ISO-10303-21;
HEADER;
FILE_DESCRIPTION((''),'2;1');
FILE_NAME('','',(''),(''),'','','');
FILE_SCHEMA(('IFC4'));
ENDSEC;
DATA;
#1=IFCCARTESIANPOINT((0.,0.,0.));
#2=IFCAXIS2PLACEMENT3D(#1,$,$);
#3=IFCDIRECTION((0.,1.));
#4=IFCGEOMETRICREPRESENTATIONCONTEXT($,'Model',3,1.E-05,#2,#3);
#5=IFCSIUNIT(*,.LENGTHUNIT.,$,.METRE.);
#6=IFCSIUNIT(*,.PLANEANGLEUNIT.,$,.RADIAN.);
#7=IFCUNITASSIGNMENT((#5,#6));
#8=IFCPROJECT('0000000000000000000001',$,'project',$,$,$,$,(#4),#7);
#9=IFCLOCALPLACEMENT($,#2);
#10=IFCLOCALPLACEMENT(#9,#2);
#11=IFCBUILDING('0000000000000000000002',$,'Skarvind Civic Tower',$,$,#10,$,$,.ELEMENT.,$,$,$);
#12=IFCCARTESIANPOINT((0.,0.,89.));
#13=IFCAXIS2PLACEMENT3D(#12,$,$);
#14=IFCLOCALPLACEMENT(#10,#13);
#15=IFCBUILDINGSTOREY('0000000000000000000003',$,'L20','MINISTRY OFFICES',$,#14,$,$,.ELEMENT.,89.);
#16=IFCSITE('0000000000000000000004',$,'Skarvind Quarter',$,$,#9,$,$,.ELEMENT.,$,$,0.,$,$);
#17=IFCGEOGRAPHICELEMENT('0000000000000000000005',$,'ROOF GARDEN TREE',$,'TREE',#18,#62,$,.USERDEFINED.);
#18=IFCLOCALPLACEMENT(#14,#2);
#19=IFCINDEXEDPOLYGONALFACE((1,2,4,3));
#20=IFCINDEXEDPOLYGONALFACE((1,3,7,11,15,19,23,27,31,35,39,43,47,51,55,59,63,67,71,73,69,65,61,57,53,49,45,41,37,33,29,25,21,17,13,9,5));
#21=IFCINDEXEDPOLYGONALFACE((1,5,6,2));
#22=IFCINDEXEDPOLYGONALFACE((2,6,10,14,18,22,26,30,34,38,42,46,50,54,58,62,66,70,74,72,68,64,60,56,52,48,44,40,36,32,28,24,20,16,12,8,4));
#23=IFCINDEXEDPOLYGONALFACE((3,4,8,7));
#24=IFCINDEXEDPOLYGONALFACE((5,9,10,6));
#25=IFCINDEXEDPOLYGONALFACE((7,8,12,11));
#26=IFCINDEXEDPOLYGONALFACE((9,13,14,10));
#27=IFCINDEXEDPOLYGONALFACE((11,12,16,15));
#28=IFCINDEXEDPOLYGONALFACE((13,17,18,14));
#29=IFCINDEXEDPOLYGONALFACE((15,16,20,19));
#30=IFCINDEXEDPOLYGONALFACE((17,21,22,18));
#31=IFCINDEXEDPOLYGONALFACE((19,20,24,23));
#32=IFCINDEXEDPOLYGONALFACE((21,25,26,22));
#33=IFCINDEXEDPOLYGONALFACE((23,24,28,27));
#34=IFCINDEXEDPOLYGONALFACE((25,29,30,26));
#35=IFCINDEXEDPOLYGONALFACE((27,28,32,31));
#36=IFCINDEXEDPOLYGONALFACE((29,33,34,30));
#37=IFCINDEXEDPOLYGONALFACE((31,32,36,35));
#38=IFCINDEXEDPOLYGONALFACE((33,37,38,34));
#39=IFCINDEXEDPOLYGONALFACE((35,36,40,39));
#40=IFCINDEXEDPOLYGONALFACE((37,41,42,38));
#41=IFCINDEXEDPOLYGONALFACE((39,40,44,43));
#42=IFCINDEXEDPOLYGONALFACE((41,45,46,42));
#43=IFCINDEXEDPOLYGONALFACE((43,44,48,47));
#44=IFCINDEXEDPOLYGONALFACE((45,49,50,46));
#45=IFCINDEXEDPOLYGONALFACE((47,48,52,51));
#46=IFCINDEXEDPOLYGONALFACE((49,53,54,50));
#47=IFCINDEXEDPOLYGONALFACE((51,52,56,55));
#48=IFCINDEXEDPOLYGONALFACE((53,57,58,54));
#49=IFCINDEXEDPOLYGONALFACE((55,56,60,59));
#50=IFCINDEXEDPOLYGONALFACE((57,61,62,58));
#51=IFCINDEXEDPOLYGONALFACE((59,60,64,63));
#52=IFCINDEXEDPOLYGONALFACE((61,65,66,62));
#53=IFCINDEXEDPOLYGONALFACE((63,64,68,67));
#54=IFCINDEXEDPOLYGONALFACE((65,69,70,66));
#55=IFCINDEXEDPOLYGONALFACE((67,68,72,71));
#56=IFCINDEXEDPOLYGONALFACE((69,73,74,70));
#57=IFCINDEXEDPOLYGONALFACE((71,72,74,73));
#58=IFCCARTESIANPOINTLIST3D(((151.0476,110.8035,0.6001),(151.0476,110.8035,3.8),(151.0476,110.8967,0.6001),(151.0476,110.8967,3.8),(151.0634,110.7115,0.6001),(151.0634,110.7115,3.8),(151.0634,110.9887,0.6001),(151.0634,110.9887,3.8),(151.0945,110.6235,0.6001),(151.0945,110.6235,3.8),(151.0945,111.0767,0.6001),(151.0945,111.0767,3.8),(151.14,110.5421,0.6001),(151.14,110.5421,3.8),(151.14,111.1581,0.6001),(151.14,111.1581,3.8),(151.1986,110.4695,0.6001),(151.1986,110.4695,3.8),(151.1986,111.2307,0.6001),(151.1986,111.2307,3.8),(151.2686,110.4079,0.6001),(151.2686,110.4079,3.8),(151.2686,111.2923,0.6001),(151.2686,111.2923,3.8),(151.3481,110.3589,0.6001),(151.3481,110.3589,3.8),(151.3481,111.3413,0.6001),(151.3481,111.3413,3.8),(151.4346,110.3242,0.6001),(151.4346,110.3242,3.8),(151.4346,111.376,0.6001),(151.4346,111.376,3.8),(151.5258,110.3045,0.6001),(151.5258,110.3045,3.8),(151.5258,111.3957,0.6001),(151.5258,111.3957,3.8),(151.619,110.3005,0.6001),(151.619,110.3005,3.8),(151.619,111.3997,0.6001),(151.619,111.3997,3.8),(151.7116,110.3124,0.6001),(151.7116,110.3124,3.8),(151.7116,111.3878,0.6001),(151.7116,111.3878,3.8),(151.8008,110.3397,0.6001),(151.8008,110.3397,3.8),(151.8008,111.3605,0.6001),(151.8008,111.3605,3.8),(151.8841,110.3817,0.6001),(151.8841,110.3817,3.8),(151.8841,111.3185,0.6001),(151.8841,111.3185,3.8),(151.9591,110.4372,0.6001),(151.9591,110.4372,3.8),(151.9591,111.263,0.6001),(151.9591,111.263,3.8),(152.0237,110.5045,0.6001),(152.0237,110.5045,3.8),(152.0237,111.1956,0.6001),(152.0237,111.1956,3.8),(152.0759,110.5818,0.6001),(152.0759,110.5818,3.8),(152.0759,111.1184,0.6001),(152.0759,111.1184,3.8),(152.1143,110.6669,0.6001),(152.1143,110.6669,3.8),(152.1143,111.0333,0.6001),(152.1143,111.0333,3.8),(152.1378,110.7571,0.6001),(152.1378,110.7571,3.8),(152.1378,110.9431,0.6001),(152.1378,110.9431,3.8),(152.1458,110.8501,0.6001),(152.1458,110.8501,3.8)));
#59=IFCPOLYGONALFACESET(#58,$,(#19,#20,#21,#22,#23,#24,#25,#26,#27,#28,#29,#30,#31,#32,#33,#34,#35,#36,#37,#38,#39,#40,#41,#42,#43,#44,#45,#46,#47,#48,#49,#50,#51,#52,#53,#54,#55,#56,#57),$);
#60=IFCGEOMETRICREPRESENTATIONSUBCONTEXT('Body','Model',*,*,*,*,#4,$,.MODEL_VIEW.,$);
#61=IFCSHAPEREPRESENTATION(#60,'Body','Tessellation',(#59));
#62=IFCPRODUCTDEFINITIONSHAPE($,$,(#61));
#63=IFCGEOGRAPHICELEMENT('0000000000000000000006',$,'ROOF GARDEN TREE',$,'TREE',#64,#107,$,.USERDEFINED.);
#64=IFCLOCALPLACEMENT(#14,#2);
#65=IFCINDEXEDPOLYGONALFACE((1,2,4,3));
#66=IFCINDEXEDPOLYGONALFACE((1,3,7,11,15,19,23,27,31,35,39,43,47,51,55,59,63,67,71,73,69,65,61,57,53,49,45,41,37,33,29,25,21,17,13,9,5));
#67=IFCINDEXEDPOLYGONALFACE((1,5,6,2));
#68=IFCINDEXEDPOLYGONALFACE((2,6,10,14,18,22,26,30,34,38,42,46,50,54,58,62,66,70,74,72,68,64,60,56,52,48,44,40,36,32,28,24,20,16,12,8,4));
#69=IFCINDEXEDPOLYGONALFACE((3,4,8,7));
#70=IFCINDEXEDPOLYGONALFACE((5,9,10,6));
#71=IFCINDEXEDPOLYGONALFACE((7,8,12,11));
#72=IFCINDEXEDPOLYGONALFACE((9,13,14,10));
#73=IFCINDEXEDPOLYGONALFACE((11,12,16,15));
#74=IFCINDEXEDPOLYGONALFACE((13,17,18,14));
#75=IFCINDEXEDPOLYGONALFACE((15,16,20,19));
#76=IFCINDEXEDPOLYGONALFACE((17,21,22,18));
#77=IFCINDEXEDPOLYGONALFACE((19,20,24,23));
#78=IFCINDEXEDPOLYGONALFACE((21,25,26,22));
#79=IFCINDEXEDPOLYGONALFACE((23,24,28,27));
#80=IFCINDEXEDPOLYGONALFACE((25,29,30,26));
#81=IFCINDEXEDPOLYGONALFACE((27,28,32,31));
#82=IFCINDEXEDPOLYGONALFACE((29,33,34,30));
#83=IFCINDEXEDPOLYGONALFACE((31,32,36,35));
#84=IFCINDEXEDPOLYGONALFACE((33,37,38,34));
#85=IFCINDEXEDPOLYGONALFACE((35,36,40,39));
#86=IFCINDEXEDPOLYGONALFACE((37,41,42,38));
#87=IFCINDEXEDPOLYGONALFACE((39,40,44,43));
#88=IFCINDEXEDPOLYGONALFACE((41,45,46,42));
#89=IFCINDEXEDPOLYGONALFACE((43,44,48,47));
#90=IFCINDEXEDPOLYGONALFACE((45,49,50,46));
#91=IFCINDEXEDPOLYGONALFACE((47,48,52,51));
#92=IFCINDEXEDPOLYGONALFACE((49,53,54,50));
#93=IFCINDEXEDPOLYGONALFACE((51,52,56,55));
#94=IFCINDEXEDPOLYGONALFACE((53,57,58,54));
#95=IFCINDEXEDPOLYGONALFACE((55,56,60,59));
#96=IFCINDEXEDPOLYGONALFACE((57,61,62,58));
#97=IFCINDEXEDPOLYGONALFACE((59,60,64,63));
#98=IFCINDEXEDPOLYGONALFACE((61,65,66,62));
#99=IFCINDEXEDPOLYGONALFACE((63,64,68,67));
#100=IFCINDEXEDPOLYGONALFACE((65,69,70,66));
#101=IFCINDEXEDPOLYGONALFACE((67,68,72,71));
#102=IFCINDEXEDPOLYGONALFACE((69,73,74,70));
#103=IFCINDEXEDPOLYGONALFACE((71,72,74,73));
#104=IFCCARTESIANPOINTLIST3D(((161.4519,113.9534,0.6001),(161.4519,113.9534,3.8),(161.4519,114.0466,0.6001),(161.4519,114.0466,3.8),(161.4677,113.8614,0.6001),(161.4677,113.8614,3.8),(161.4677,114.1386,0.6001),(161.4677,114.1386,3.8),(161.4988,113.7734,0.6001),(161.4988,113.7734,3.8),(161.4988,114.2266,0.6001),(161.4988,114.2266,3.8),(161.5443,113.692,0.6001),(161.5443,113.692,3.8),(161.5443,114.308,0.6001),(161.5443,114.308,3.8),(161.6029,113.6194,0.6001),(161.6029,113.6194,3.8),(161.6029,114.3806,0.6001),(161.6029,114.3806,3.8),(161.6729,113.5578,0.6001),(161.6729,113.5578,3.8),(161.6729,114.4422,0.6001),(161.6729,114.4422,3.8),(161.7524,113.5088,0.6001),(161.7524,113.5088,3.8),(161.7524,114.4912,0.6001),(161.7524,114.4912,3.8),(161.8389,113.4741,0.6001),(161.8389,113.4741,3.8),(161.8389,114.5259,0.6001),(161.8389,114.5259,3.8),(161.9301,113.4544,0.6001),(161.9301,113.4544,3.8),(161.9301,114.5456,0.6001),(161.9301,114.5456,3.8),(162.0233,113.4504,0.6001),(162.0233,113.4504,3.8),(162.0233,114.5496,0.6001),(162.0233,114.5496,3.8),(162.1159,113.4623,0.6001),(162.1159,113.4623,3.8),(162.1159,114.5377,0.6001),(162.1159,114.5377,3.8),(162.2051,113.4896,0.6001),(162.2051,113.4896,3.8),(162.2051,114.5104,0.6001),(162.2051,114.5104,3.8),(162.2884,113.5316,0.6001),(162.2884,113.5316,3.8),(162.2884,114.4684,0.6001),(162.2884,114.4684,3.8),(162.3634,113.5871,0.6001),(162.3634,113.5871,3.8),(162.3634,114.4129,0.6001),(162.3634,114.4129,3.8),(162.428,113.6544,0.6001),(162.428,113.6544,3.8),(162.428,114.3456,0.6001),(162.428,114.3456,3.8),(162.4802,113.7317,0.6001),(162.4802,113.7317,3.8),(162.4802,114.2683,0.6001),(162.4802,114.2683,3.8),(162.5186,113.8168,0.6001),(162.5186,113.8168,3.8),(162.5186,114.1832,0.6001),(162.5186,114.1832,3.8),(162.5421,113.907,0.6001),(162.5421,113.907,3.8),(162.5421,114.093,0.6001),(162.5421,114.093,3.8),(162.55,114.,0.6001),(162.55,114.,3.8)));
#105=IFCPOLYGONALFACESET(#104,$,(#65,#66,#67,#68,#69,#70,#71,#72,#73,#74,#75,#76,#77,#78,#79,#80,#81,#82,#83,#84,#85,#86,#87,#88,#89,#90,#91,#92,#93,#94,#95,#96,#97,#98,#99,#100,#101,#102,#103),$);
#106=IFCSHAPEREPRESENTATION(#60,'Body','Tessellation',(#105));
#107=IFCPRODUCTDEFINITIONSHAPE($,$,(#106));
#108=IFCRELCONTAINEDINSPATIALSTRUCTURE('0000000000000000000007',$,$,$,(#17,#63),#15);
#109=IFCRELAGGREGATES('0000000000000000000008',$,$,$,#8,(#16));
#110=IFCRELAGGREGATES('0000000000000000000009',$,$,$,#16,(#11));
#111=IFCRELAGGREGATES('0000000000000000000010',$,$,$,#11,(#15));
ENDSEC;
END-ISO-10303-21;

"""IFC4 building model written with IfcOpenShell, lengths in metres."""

from ifc_helpers import new_model, si_unit, direction, frame, origin, origin_2d, place, context, subcontext, project, spatial, circle, extrude, element, save


model = new_model("IFC4")

# Units and contexts
model_context = context("Model", 3, precision=1e-05, world=origin(), true_north=direction((0.0, 1.0)))
body_context = subcontext(model_context, "Body", "Model", "MODEL_VIEW")
ifc_project = project(units=[si_unit("LENGTHUNIT", "METRE"), si_unit("PLANEANGLEUNIT", "RADIAN")], contexts=[model_context])

# Site, building, storey
site_placement = place(None, origin())
site = spatial("IfcSite", under=ifc_project, at=site_placement, Name="Skarvind Quarter", CompositionType="ELEMENT", RefElevation=0.0)
building_placement = place(site_placement, origin())
building = spatial("IfcBuilding", under=site, at=building_placement, Name="Skarvind Civic Tower", CompositionType="ELEMENT")
storey_placement = place(building_placement, frame((0.0, 0.0, 89.0)))
storey = spatial("IfcBuildingStorey", under=building, at=storey_placement, Name="L20", Description="MINISTRY OFFICES", CompositionType="ELEMENT", Elevation=89.0)

# Geographic elements
for number, where, z_axis, x_axis, name in (
    (1, (151.5957, 110.8501, 0.6001), (0.0, 0.0, 1.0), (1.0, 0.0, 0.0), "ROOF GARDEN TREE"),
    (2, (162.0, 114.0, 0.6001), (0.0, 0.0, 1.0), (1.0, 0.0, 0.0), "ROOF GARDEN TREE"),
):
    element("IfcGeographicElement", number, at=place(storey_placement, frame(where, z_axis=z_axis, x_axis=x_axis)), inside=storey, Name=name, ObjectType="TREE", PredefinedType="USERDEFINED", context=body_context, shape_type="SweptSolid", body=[
        extrude(circle(Radius=0.55, at=origin_2d()), origin(), (0.0, 0.0, 1.0), 3.2),
    ])

save(model, "model.ifc")
